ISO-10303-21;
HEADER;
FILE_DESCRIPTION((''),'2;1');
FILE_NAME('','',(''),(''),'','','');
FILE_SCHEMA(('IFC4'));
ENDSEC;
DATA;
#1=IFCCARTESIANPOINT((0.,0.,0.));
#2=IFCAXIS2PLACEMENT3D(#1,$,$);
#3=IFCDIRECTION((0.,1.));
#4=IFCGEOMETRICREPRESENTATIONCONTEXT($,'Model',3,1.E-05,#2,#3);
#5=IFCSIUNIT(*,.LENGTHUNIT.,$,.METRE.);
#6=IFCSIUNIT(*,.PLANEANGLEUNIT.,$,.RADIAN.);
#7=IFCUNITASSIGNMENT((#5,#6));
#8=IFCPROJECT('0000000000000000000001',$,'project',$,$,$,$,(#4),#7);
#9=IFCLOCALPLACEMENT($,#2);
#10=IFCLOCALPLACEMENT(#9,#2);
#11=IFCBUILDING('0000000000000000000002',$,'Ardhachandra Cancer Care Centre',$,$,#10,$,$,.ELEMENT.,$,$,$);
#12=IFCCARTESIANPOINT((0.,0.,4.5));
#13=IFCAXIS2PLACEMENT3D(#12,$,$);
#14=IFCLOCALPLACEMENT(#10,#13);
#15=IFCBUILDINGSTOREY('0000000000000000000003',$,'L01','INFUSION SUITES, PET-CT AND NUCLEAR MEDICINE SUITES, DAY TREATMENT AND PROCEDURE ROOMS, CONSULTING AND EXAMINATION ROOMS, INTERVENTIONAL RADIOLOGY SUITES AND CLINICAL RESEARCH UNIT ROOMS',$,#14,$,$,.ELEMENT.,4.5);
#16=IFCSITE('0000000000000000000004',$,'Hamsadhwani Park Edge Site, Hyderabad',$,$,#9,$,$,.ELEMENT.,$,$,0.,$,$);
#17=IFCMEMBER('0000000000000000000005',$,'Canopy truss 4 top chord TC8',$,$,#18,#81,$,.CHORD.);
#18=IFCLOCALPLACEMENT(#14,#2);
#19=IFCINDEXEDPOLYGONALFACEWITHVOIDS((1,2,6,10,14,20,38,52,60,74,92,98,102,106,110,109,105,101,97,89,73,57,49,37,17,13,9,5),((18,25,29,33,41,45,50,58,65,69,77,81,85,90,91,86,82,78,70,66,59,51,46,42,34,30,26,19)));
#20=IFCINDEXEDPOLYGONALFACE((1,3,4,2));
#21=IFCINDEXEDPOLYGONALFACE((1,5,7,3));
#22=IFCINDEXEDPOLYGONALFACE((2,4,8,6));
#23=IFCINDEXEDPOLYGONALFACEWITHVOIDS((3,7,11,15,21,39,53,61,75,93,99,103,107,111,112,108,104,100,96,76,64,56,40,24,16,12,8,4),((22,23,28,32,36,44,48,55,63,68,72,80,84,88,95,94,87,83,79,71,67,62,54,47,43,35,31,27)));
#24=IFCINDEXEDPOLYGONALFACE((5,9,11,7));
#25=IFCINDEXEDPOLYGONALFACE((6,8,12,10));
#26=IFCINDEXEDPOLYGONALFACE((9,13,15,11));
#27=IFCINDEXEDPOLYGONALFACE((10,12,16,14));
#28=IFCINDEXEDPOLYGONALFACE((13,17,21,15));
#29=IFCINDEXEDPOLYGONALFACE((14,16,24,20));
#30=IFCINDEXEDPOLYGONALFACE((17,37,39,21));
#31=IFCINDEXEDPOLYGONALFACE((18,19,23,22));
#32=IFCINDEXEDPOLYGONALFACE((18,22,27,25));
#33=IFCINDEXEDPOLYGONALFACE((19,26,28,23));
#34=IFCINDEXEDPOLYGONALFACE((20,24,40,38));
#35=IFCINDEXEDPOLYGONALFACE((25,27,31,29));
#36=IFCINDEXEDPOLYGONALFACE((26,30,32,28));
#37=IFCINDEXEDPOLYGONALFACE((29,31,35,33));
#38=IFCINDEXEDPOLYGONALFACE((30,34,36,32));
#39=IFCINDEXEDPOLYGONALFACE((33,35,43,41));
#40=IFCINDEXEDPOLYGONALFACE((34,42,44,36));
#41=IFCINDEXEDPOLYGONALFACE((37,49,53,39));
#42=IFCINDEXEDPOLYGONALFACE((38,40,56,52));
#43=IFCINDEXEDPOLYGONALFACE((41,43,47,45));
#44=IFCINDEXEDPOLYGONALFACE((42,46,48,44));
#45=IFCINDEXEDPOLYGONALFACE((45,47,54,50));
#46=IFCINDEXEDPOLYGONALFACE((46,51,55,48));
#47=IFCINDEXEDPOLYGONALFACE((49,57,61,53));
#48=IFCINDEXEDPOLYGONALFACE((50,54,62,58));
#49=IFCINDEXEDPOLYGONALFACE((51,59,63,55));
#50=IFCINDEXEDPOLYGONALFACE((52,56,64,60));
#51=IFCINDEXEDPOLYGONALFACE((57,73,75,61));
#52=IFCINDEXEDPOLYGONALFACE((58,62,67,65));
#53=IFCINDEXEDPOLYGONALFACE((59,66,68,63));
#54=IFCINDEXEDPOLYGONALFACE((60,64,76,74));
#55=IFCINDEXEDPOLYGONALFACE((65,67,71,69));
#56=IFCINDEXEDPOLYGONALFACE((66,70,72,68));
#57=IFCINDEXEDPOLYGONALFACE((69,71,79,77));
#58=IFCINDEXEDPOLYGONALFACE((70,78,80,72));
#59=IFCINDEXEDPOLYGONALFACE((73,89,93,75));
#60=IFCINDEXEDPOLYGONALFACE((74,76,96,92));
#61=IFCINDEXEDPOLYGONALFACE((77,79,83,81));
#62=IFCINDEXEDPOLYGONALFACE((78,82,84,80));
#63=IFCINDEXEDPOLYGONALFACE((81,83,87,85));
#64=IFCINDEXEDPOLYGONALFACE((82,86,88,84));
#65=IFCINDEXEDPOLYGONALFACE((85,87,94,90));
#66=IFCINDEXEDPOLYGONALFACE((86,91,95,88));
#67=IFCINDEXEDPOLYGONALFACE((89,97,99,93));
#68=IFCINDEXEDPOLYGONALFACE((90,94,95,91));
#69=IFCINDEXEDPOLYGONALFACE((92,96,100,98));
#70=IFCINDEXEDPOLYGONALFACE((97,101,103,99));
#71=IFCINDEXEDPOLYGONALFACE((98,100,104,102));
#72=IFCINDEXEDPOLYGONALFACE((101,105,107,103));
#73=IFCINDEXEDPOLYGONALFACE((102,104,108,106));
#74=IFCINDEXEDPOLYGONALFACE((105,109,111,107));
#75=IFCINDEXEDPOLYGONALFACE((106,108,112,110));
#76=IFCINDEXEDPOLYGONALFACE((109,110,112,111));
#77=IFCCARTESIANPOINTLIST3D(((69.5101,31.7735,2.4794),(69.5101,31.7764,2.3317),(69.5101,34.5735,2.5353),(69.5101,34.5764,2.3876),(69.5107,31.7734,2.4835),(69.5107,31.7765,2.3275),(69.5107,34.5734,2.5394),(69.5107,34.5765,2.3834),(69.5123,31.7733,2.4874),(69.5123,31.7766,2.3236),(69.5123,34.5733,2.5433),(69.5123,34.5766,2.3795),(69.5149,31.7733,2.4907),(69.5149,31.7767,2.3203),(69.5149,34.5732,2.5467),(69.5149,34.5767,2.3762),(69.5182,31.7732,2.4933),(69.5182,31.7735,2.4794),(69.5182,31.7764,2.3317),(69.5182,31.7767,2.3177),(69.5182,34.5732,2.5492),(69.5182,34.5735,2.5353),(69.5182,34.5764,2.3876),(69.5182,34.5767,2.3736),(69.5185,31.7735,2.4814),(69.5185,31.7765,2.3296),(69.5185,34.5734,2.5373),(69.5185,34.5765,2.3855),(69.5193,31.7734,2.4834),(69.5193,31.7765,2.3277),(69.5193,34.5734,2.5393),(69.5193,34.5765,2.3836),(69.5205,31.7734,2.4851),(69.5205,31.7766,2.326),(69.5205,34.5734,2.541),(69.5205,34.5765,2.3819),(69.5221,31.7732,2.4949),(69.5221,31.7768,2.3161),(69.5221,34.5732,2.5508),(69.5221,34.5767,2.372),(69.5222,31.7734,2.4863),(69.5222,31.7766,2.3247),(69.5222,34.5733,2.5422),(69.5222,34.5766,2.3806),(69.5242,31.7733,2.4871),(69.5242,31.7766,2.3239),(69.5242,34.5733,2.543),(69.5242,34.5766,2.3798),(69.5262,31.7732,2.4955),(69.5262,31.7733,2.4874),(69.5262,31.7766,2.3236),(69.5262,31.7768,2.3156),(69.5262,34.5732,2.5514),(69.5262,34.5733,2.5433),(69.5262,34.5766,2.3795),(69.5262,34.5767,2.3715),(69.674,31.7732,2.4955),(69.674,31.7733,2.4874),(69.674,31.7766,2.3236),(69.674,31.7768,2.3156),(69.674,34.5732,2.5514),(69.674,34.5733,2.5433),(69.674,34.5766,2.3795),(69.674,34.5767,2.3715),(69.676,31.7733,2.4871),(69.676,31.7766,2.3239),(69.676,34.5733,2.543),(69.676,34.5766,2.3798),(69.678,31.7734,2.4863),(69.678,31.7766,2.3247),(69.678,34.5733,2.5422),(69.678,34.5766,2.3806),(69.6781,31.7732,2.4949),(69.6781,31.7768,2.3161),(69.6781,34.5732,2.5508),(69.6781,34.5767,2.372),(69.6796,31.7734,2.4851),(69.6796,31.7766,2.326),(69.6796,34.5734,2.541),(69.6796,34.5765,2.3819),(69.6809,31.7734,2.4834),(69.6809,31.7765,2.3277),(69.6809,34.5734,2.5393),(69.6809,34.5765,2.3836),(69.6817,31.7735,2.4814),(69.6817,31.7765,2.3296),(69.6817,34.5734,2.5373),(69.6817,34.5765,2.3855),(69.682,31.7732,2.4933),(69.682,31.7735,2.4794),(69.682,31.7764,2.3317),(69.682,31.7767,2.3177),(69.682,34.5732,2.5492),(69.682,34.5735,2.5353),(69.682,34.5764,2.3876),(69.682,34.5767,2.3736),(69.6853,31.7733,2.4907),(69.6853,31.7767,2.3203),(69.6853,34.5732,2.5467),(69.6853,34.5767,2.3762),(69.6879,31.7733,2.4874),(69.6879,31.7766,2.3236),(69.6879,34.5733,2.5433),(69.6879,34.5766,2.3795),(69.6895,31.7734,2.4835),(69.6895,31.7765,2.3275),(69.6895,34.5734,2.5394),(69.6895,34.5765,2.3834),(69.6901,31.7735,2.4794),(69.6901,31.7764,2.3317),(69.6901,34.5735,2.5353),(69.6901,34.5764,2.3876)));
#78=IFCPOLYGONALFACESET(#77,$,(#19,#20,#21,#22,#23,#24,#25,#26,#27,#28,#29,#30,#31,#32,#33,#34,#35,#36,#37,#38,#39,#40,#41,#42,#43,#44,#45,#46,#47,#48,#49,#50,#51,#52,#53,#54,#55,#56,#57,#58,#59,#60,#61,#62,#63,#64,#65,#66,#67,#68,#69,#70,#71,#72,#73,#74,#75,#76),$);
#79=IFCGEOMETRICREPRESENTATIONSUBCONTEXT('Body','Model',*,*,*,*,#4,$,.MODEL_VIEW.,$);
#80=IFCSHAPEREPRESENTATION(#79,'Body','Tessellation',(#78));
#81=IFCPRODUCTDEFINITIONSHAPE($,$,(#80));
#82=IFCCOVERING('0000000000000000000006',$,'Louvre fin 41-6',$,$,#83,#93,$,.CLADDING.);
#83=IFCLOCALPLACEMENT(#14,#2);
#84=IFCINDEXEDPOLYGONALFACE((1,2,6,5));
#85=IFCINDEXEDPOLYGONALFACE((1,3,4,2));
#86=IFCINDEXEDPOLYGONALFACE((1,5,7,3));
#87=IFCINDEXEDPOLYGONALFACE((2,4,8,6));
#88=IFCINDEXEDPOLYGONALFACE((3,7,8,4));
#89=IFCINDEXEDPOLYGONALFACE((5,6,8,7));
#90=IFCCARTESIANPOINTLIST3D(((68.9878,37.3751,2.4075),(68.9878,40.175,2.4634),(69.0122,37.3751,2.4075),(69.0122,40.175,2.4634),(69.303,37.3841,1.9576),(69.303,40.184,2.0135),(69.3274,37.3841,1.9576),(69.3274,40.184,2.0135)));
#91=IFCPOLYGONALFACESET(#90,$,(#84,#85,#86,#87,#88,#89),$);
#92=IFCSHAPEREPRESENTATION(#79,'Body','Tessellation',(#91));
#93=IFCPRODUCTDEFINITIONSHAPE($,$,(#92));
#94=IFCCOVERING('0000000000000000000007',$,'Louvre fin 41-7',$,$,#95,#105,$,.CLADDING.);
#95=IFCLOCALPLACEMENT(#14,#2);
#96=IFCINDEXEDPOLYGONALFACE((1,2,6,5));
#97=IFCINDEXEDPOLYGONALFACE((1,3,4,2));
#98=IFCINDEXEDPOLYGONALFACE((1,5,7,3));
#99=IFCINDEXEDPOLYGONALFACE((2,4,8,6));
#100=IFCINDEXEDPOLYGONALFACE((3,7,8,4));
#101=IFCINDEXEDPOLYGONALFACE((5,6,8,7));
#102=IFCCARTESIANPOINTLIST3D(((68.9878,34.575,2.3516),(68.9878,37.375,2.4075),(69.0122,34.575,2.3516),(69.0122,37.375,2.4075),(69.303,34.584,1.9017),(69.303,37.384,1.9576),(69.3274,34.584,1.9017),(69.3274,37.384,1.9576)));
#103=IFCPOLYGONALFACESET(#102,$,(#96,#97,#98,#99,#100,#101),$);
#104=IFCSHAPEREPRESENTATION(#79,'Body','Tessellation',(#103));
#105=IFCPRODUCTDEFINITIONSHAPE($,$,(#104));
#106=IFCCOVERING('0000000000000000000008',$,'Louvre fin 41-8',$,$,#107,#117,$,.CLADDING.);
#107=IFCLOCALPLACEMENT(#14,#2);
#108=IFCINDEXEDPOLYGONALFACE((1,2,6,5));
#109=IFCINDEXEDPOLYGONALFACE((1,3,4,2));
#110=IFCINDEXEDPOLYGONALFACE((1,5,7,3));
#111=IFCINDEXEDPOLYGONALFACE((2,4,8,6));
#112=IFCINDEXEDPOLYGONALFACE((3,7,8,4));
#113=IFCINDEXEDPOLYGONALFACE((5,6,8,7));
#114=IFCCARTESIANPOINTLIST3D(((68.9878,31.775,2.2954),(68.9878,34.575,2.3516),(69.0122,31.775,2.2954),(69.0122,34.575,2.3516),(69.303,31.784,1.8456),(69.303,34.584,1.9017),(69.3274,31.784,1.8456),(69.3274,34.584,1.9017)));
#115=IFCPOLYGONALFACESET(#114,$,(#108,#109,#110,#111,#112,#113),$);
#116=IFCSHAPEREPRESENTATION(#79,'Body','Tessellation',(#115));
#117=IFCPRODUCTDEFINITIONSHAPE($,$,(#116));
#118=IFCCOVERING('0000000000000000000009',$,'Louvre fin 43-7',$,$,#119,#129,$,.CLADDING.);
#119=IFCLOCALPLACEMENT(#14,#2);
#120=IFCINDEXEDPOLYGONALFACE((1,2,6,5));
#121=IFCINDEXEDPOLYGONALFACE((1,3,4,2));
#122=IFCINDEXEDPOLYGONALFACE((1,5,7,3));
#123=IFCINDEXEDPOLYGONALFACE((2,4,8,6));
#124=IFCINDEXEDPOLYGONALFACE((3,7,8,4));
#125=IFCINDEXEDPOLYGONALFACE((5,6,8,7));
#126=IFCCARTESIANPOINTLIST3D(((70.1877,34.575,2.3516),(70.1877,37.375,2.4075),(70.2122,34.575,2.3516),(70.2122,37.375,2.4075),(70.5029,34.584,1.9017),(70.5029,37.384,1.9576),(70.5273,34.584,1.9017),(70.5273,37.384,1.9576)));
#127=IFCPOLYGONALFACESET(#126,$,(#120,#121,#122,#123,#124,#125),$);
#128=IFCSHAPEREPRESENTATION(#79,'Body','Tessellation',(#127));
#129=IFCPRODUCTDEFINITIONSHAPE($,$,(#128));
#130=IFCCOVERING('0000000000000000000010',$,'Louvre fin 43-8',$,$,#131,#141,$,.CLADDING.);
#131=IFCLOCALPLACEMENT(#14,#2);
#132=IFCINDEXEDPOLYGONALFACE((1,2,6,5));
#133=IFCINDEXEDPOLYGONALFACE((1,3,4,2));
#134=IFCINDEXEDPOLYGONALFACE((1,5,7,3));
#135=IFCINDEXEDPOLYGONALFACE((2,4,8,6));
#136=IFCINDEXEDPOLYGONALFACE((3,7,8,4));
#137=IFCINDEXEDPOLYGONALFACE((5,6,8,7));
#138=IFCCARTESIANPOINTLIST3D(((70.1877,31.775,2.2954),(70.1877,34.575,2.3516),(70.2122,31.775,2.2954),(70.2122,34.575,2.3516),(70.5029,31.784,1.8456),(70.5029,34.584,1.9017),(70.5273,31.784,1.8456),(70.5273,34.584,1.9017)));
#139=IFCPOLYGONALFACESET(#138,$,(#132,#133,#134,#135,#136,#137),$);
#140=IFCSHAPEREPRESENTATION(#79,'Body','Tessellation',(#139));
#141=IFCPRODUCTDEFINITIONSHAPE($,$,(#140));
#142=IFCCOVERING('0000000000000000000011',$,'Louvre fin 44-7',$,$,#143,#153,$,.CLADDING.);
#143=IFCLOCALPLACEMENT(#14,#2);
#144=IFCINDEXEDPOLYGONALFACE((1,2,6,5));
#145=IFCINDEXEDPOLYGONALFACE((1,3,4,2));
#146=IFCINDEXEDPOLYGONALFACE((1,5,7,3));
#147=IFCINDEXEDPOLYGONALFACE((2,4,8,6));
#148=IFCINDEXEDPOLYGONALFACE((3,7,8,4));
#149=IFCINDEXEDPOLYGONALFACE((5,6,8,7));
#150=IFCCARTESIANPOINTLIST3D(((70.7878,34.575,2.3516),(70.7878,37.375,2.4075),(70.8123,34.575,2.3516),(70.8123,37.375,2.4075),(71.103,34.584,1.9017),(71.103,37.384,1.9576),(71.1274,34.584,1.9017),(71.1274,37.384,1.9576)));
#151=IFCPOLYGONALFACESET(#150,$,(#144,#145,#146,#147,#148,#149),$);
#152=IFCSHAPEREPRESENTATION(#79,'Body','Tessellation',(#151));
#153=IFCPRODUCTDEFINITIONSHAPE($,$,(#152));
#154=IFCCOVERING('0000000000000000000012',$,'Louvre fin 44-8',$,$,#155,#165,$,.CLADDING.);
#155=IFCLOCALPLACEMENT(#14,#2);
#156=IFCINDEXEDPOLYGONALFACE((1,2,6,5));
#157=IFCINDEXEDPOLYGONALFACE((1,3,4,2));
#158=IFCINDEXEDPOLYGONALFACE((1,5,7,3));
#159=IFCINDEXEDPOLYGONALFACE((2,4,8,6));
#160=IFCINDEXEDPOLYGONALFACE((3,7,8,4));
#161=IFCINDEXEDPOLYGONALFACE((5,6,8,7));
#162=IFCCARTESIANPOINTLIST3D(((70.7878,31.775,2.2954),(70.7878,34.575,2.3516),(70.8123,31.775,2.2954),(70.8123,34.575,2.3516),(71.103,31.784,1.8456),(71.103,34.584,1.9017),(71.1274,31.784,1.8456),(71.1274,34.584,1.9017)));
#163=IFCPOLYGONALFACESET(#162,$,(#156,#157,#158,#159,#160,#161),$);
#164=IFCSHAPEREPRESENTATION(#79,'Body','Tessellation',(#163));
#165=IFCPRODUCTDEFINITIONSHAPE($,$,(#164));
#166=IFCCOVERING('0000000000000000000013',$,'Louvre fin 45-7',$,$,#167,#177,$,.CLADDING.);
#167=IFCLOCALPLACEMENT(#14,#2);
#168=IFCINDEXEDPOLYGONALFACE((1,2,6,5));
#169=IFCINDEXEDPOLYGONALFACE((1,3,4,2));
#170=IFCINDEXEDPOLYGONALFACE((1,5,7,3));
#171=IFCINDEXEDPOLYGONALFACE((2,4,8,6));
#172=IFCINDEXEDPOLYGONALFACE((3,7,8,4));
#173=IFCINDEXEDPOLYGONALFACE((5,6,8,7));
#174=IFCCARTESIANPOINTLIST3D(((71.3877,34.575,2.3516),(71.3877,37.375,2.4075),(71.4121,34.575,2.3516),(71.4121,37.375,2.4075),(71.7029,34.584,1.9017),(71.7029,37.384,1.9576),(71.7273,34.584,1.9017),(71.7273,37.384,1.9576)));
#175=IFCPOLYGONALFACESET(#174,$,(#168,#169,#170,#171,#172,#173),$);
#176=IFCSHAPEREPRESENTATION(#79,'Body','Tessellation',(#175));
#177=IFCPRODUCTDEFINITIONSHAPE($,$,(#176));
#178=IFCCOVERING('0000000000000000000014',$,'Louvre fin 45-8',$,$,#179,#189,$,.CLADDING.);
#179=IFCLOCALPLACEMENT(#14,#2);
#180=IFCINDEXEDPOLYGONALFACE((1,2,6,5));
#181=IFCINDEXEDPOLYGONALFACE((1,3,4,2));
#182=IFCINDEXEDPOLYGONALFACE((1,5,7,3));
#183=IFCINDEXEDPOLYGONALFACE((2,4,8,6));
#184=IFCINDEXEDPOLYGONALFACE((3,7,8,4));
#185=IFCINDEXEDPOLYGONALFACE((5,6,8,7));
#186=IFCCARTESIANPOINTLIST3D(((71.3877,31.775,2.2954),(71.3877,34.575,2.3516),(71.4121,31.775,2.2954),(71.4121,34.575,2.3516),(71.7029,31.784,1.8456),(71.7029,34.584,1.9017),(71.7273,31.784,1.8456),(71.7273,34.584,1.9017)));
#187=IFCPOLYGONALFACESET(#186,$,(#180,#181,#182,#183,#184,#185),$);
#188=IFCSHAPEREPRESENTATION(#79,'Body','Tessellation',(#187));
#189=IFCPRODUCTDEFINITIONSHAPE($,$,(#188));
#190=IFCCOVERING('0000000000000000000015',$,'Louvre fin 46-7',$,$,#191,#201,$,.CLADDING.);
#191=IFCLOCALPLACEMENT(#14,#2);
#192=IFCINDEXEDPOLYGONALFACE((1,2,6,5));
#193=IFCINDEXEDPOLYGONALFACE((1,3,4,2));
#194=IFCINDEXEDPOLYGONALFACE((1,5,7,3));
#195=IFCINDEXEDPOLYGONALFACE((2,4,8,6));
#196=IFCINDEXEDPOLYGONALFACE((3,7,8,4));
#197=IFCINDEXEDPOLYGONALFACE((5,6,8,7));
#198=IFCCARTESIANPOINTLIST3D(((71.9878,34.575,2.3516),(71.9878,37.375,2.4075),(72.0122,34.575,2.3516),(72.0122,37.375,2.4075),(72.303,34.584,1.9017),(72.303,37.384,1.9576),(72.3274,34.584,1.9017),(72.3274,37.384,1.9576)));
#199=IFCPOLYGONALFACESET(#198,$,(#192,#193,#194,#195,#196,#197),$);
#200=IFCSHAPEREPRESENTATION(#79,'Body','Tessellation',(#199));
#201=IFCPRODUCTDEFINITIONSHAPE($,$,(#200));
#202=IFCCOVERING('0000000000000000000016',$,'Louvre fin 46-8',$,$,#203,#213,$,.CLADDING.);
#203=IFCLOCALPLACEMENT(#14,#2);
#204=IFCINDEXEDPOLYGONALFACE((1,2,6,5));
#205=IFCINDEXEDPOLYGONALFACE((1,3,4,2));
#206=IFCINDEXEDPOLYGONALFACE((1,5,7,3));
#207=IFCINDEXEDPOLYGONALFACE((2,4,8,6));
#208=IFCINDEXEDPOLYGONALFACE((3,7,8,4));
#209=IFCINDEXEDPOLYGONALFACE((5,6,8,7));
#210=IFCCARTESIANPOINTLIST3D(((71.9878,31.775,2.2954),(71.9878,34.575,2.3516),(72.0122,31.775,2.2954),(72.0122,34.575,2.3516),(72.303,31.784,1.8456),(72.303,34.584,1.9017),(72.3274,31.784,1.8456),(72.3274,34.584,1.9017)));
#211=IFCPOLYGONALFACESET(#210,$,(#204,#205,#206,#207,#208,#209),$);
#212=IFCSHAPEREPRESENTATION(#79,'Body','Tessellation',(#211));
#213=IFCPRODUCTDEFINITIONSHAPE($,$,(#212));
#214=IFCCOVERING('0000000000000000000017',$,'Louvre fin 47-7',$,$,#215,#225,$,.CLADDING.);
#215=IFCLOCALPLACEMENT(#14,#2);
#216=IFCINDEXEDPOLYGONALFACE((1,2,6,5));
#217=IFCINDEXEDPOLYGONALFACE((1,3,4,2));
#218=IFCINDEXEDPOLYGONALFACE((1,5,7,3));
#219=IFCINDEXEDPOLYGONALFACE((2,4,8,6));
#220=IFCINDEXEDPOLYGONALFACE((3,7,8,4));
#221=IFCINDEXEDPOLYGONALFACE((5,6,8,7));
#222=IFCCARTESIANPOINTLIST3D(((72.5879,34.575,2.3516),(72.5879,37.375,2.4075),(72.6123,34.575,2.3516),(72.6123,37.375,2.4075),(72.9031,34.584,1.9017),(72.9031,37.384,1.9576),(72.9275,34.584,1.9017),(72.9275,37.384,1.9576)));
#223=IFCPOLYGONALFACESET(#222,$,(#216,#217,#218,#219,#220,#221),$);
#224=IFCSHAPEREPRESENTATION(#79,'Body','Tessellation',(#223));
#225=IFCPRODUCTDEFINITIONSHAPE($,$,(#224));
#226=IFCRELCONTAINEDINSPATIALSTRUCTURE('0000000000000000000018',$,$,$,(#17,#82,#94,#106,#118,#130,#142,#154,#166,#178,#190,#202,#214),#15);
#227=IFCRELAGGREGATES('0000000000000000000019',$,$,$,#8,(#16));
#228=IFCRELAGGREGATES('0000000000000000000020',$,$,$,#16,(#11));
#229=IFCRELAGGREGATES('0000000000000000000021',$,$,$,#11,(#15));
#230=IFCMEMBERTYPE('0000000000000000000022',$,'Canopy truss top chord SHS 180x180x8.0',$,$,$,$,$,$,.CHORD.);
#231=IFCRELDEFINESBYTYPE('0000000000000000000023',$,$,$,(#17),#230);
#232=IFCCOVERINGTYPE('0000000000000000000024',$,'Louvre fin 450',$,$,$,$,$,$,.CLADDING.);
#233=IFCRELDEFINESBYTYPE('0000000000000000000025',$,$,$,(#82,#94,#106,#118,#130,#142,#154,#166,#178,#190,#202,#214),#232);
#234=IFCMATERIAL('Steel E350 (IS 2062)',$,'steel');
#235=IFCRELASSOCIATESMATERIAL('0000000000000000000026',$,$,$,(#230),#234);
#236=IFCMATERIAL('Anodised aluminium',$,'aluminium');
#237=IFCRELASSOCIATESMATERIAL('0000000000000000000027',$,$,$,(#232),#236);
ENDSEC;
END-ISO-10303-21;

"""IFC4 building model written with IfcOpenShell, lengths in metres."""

from ifc_helpers import new_model, si_unit, direction, frame, origin, origin_2d, place, context, subcontext, project, spatial, polyline, hollow_rectangle, outline, extrude, material, material_profile, profile_set, type_object, element, save


model = new_model("IFC4")

# Units and contexts
model_context = context("Model", 3, precision=1e-05, world=origin(), true_north=direction((0.0, 1.0)))
body_context = subcontext(model_context, "Body", "Model", "MODEL_VIEW")
ifc_project = project(units=[si_unit("LENGTHUNIT", "METRE"), si_unit("PLANEANGLEUNIT", "RADIAN")], contexts=[model_context])

# Site, building, storey
site_placement = place(None, origin())
site = spatial("IfcSite", under=ifc_project, at=site_placement, Name="Hamsadhwani Park Edge Site, Hyderabad", CompositionType="ELEMENT", RefElevation=0.0)
building_placement = place(site_placement, origin())
building = spatial("IfcBuilding", under=site, at=building_placement, Name="Ardhachandra Cancer Care Centre", CompositionType="ELEMENT")
storey_placement = place(building_placement, frame((0.0, 0.0, 4.5)))
storey = spatial("IfcBuildingStorey", under=building, at=storey_placement, Name="L01", Description="INFUSION SUITES, PET-CT AND NUCLEAR MEDICINE SUITES, DAY TREATMENT AND PROCEDURE ROOMS, CONSULTING AND EXAMINATION ROOMS, INTERVENTIONAL RADIOLOGY SUITES AND CLINICAL RESEARCH UNIT ROOMS", CompositionType="ELEMENT", Elevation=4.5)

# Member
ifc_material_1 = material(Name="Steel E350 (IS 2062)", Category="steel")
ifc_material_profile_1 = material_profile(ifc_material_1, hollow_rectangle(XDim=0.1799, YDim=0.1799, WallThickness=0.0081, InnerFilletRadius=0.0081, OuterFilletRadius=0.0161, at=origin_2d()), Name="SHS 180x180x8.0")
ifc_profile_set_1 = profile_set([ifc_material_profile_1], Name="Steel E350 (IS 2062)")
member_type_1 = type_object("IfcMemberType", Name="Canopy truss top chord SHS 180x180x8.0", PredefinedType="CHORD", material=ifc_profile_set_1)
for number, where, z_axis, x_axis, name in (
    (1, (69.6001, 34.575, 2.4614), (0.0, -0.999801, -0.019963), (1.0, 0.0, 0.0), "Canopy truss 4 top chord TC8"),
):
    element("IfcMember", number, at=place(storey_placement, frame(where, z_axis=z_axis, x_axis=x_axis)), inside=storey, type_object=member_type_1, Name=name, PredefinedType="CHORD", context=body_context, shape_type="SweptSolid", body=[
        extrude(hollow_rectangle(XDim=0.1799, YDim=0.1799, WallThickness=0.0081, InnerFilletRadius=0.0081, OuterFilletRadius=0.0161, at=origin_2d()), origin(), (0.0, 0.0, 1.0), 2.8005),
    ])

# Coverings
ifc_material_2 = material(Name="Anodised aluminium", Category="aluminium")
ifc_material_profile_2 = material_profile(ifc_material_2, outline(polyline([(-0.0122, 0.0), (0.0122, 0.0), (0.3274, -0.45), (0.303, -0.45), (-0.0122, 0.0)])), Name="Louvre fin 450")
ifc_profile_set_2 = profile_set([ifc_material_profile_2], Name="Anodised aluminium")
covering_type = type_object("IfcCoveringType", Name="Louvre fin 450", PredefinedType="CLADDING", material=ifc_profile_set_2)
for number, where, z_axis, x_axis, name in (
    (2, (69.0, 40.175, 2.4634), (0.0, -0.999801, -0.019963), (1.0, 0.0, 0.0), "Louvre fin 41-6"),
    (3, (69.0, 37.375, 2.4075), (0.0, -0.999801, -0.019963), (1.0, 0.0, 0.0), "Louvre fin 41-7"),
    (4, (69.0, 34.575, 2.3516), (0.0, -0.999799, -0.02005), (1.0, 0.0, 0.0), "Louvre fin 41-8"),
    (5, (70.2, 37.375, 2.4075), (0.0, -0.999801, -0.019963), (1.0, 0.0, 0.0), "Louvre fin 43-7"),
    (6, (70.2, 34.575, 2.3516), (0.0, -0.999799, -0.02005), (1.0, 0.0, 0.0), "Louvre fin 43-8"),
    (7, (70.8, 37.375, 2.4075), (0.0, -0.999801, -0.019963), (1.0, 0.0, 0.0), "Louvre fin 44-7"),
    (8, (70.8, 34.575, 2.3516), (0.0, -0.999799, -0.02005), (1.0, 0.0, 0.0), "Louvre fin 44-8"),
    (9, (71.3999, 37.375, 2.4075), (0.0, -0.999801, -0.019963), (1.0, 0.0, 0.0), "Louvre fin 45-7"),
    (10, (71.3999, 34.575, 2.3516), (0.0, -0.999799, -0.02005), (1.0, 0.0, 0.0), "Louvre fin 45-8"),
    (11, (72.0, 37.375, 2.4075), (0.0, -0.999801, -0.019963), (1.0, 0.0, 0.0), "Louvre fin 46-7"),
    (12, (72.0, 34.575, 2.3516), (0.0, -0.999799, -0.02005), (1.0, 0.0, 0.0), "Louvre fin 46-8"),
    (13, (72.6001, 37.375, 2.4075), (0.0, -0.999801, -0.019963), (1.0, 0.0, 0.0), "Louvre fin 47-7"),
):
    element("IfcCovering", number, at=place(storey_placement, frame(where, z_axis=z_axis, x_axis=x_axis)), inside=storey, type_object=covering_type, Name=name, PredefinedType="CLADDING", context=body_context, shape_type="SweptSolid", body=[
        extrude(outline(polyline([(-0.0122, 0.0), (0.0122, 0.0), (0.3274, -0.45), (0.303, -0.45), (-0.0122, 0.0)])), origin(), (0.0, 0.0, 1.0), 2.8005),
    ])

save(model, "model.ifc")
